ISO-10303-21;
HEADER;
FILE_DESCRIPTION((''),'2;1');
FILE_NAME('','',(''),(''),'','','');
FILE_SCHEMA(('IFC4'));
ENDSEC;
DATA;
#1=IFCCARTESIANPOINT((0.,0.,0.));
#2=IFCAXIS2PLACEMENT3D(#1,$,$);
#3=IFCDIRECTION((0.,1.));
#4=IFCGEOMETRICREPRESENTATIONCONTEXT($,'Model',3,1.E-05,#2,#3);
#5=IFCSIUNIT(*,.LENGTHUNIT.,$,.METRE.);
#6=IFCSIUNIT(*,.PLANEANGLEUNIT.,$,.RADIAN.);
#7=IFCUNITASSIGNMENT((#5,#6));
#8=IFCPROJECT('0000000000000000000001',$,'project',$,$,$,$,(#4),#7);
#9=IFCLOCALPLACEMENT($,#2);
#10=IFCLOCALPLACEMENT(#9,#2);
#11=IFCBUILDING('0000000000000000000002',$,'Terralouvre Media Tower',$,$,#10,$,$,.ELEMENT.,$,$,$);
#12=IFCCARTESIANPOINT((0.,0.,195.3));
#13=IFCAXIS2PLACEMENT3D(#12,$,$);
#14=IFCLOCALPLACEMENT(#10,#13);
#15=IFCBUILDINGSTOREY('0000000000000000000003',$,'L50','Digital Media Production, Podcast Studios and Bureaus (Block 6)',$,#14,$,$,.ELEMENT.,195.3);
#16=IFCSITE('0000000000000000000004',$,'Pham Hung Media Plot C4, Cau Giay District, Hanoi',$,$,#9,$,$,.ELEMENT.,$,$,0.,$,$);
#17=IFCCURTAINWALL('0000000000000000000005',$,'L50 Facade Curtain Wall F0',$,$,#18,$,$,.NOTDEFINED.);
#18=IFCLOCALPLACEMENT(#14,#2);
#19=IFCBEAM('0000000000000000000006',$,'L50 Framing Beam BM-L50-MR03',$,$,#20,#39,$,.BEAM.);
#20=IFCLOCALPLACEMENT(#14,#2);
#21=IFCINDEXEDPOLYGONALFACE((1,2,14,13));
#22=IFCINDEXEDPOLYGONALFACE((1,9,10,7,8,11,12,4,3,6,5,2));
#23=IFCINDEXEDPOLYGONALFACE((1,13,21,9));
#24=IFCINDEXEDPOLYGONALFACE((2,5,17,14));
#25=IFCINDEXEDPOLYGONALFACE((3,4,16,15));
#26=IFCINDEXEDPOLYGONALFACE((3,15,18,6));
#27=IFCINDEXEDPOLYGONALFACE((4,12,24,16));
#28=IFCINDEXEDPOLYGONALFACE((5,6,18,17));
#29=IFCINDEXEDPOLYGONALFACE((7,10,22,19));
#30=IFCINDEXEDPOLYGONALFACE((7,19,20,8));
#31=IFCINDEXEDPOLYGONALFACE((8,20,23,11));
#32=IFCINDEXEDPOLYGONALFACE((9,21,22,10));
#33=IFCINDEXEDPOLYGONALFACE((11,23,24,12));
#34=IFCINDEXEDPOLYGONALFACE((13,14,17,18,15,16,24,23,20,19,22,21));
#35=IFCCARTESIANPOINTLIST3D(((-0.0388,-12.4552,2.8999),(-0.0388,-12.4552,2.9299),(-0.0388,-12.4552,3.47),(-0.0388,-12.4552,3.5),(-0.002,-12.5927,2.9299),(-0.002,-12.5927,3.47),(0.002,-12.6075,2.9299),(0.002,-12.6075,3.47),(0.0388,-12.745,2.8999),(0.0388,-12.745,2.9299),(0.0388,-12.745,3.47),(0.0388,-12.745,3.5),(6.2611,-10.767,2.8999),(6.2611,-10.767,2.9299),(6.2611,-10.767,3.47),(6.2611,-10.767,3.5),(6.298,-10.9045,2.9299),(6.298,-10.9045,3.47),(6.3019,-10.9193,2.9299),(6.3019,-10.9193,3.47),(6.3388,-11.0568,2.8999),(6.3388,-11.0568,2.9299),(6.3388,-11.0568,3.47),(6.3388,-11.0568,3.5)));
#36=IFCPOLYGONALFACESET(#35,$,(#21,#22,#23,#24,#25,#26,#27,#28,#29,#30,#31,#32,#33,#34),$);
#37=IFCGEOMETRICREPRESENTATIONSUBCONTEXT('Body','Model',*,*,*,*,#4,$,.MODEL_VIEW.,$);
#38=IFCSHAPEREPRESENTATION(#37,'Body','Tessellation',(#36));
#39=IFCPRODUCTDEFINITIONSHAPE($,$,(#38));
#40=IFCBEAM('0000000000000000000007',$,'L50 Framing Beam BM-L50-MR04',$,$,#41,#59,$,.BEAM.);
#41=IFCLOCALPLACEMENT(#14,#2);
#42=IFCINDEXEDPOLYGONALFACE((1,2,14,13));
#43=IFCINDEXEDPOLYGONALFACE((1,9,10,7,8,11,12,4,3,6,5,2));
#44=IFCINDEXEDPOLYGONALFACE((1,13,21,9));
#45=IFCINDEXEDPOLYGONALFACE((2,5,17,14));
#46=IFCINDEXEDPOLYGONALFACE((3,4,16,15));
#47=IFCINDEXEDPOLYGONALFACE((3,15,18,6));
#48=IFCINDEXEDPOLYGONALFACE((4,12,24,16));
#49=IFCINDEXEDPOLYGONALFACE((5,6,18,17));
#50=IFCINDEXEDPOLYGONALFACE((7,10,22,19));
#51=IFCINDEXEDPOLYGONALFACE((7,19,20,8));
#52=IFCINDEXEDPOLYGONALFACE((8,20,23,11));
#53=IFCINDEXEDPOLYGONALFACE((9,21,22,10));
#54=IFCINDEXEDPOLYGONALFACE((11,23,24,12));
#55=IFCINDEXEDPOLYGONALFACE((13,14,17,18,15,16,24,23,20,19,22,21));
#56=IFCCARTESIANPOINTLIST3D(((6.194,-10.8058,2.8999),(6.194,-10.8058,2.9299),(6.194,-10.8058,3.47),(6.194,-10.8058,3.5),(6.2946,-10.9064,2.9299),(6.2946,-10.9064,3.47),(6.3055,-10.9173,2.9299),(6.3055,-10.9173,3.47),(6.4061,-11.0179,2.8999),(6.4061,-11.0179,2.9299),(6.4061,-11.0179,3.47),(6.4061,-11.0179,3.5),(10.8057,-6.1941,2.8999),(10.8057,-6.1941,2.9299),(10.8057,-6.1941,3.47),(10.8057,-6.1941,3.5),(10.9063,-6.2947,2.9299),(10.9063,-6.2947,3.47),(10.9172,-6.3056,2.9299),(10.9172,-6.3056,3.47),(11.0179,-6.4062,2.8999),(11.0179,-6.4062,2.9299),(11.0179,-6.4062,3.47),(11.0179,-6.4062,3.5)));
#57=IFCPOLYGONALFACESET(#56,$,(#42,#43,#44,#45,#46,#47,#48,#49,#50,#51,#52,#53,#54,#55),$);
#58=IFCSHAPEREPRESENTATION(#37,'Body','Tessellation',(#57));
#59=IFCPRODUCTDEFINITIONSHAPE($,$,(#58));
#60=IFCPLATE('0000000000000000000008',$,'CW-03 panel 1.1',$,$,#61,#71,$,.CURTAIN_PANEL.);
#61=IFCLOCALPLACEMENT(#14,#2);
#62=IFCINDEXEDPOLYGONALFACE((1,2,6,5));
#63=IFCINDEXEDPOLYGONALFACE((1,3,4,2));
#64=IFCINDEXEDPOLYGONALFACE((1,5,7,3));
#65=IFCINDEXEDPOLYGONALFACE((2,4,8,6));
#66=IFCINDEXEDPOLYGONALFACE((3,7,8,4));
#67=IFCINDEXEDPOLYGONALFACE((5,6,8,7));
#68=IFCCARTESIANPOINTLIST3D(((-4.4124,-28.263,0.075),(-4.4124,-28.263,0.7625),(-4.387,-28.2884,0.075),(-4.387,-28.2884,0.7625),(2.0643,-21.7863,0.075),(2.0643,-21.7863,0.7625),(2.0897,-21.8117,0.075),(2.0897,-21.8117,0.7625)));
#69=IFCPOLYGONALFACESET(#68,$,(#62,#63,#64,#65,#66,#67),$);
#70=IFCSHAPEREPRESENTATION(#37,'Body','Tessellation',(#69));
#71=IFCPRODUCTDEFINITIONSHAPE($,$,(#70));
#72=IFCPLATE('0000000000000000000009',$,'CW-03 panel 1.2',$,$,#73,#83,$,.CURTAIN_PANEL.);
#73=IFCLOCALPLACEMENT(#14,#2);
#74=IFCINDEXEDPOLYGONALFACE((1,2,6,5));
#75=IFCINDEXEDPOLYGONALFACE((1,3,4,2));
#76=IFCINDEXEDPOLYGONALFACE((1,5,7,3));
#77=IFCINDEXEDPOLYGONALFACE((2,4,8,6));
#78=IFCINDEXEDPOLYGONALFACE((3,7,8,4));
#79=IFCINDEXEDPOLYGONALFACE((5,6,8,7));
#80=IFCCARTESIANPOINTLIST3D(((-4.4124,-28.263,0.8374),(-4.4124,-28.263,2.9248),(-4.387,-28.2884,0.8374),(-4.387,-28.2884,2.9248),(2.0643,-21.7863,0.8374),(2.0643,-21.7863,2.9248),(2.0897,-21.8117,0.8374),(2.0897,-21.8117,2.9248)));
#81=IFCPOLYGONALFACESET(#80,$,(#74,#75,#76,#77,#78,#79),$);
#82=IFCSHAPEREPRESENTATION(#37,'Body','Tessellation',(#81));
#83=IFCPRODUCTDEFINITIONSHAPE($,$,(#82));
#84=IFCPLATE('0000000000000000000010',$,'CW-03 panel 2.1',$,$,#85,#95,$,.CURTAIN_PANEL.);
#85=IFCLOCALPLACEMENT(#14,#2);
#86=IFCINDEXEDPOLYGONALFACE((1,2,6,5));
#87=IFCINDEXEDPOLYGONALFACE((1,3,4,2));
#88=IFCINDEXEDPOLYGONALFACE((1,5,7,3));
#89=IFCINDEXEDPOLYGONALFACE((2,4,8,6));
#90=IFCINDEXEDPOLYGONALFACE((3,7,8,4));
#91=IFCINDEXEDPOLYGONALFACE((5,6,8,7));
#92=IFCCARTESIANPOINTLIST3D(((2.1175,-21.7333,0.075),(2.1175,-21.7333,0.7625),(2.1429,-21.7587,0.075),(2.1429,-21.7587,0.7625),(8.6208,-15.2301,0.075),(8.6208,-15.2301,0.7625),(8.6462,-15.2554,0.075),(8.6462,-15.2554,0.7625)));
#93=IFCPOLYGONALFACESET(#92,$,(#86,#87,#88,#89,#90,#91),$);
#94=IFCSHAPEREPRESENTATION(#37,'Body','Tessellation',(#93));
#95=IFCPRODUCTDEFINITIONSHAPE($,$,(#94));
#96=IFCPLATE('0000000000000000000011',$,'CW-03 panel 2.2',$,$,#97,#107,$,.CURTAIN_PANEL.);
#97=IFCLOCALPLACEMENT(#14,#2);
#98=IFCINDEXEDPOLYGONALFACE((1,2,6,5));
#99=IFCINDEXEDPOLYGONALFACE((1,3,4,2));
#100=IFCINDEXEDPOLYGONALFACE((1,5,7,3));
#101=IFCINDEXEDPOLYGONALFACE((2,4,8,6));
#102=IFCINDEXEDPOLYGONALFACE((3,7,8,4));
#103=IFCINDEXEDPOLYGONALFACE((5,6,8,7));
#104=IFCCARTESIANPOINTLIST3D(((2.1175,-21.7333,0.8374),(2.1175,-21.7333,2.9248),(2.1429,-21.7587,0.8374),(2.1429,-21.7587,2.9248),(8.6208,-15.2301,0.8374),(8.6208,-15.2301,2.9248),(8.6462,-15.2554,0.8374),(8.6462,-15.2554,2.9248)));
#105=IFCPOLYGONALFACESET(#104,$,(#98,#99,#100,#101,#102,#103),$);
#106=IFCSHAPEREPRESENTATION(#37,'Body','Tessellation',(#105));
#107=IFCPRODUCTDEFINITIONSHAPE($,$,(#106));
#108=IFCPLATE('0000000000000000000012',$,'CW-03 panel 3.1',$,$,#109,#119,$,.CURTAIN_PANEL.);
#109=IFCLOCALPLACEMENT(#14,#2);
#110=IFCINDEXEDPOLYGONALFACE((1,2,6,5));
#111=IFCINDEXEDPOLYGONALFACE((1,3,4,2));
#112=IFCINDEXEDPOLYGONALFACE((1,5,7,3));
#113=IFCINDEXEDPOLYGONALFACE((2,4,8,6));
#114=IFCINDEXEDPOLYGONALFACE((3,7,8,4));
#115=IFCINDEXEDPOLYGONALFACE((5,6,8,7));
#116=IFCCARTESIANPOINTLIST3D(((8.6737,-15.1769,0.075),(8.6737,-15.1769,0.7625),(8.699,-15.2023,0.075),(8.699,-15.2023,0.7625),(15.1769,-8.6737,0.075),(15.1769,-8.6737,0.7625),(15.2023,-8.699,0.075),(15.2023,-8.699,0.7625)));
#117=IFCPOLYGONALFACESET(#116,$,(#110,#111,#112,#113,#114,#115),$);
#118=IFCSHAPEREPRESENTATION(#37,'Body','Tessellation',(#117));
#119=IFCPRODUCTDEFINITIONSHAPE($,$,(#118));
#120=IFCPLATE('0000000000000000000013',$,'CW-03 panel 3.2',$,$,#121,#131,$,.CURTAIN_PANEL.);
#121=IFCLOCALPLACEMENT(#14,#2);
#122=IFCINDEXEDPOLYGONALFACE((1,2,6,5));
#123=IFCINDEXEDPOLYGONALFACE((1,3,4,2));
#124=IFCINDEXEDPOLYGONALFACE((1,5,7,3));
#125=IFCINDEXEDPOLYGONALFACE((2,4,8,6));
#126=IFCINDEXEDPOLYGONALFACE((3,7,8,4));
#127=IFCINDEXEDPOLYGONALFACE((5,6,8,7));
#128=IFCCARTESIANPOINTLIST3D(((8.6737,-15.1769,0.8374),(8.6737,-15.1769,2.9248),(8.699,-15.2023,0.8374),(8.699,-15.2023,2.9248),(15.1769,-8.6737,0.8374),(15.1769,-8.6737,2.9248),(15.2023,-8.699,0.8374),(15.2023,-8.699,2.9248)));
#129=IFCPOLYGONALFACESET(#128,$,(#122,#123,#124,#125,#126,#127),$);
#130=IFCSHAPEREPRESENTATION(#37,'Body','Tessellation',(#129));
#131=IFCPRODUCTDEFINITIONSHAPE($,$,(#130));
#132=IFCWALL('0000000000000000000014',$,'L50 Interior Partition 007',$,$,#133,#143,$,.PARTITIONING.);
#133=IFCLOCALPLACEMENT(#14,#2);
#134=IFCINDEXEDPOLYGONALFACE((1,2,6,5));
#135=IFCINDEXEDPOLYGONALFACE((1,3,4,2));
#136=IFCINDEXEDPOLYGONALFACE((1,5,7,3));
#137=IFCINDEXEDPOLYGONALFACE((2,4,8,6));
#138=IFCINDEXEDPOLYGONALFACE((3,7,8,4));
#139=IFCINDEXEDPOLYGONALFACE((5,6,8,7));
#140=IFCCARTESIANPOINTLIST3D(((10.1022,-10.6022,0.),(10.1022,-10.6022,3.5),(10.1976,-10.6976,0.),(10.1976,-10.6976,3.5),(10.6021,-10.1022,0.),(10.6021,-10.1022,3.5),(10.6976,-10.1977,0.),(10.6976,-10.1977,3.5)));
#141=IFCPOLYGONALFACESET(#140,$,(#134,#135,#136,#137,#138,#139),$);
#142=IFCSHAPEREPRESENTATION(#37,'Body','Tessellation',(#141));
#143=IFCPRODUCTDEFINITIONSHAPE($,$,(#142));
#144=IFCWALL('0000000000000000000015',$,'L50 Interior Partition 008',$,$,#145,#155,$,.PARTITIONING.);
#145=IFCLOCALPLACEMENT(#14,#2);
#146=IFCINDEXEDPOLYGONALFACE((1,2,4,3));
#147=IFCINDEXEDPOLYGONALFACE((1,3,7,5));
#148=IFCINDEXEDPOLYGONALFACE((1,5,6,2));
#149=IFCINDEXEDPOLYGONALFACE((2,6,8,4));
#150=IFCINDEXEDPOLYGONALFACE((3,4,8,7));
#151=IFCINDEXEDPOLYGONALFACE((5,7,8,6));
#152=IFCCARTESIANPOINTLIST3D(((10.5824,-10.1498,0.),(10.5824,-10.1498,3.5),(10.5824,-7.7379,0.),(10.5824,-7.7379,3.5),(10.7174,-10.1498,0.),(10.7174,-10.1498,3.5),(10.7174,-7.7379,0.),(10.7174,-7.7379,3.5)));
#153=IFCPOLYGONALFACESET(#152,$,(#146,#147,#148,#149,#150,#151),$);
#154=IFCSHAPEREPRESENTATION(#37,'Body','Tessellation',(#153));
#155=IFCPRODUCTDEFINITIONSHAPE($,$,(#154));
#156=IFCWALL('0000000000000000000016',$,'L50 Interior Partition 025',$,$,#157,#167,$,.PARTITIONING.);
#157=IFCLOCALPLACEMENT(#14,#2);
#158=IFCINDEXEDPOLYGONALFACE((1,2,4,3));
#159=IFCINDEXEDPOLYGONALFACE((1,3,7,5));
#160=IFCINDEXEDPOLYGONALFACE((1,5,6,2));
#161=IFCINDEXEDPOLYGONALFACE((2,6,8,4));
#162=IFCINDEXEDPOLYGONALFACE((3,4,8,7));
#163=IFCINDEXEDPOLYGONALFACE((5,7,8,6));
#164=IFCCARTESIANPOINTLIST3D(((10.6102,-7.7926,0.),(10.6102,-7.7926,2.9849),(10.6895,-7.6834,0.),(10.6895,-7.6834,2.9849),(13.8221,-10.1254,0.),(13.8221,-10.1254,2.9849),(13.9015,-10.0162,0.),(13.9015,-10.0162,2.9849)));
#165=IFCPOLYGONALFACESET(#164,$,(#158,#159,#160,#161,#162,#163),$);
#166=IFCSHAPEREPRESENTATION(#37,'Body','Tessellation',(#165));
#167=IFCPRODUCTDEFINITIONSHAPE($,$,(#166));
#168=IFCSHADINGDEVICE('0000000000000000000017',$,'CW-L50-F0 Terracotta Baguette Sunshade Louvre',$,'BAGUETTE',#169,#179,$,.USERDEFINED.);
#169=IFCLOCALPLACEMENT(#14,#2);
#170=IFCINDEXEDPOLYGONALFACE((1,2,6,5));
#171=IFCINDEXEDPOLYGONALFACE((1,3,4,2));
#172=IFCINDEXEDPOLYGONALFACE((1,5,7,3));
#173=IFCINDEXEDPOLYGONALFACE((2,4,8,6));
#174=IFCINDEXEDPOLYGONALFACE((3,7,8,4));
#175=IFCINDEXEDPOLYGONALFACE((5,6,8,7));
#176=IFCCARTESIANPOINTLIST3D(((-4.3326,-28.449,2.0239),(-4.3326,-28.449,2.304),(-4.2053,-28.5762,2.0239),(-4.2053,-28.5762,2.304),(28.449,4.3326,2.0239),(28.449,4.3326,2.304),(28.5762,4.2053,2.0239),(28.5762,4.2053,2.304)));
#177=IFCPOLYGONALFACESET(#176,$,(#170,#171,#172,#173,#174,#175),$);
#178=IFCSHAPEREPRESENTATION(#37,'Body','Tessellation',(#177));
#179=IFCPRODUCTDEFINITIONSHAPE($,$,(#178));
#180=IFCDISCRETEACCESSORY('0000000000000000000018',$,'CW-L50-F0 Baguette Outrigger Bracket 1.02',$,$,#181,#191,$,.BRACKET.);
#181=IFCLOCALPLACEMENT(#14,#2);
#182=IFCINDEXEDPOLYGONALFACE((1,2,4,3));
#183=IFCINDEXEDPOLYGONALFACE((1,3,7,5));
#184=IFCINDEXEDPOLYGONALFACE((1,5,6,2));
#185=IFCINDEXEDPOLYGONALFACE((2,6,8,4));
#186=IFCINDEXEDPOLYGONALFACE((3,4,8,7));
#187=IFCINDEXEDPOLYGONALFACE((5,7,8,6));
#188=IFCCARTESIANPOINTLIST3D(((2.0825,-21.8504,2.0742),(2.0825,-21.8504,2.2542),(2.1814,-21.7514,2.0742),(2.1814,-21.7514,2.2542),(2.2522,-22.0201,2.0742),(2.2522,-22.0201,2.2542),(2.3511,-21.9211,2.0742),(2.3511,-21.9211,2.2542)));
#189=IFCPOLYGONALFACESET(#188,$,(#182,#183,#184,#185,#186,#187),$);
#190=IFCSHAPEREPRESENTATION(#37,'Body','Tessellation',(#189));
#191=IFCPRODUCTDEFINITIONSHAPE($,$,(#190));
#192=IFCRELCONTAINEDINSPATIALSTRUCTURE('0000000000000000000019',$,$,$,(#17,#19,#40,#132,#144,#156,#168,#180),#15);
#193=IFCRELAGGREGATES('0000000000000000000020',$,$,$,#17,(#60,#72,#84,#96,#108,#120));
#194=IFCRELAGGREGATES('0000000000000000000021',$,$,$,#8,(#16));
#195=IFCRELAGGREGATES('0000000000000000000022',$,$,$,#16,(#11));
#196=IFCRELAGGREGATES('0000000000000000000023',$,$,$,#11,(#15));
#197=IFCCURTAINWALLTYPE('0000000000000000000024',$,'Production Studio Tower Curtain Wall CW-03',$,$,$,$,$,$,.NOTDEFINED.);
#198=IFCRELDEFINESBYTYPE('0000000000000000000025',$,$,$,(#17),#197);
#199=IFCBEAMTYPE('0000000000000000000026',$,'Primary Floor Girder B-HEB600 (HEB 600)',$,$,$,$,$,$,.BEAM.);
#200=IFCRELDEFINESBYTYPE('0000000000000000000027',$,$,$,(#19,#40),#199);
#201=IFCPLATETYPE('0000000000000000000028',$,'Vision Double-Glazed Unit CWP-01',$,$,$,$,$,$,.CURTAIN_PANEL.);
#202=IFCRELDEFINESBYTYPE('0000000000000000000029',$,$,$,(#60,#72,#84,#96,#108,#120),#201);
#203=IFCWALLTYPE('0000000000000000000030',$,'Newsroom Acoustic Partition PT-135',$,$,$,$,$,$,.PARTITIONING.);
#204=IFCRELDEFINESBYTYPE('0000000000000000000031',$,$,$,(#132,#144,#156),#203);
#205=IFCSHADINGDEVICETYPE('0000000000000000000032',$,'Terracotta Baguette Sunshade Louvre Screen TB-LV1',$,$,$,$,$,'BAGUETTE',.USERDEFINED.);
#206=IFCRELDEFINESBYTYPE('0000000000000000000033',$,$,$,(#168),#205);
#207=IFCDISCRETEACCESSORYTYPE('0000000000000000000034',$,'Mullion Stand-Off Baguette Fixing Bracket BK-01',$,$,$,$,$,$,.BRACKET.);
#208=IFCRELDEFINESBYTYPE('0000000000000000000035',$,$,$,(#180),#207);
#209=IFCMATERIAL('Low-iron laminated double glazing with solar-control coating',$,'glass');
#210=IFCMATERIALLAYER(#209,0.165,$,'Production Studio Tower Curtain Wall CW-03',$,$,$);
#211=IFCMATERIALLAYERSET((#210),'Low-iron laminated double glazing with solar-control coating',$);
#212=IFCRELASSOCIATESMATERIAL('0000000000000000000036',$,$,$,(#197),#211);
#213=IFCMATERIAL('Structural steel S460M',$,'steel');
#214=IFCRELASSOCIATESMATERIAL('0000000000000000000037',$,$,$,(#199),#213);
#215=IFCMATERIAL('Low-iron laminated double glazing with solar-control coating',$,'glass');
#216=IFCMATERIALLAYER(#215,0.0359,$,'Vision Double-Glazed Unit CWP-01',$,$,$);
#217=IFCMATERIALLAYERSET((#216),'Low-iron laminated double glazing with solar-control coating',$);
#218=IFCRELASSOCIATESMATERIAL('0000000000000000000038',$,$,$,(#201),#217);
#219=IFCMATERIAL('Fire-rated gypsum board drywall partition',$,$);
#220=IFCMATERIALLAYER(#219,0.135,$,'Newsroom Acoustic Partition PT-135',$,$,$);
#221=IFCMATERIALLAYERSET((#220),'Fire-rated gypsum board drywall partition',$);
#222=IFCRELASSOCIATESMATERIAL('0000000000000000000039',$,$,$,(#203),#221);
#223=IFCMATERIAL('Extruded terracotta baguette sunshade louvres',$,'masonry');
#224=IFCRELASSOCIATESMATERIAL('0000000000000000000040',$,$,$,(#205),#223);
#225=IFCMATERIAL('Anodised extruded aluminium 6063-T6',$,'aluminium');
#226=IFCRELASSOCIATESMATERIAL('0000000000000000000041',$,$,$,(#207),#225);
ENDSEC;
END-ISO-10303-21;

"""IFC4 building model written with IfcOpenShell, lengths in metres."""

from ifc_helpers import new_model, si_unit, direction, frame, frame_2d, origin, origin_2d, place, context, subcontext, project, spatial, rectangle, i_section, extrude, material, layer, layer_set, material_profile, profile_set, type_object, element, aggregate, save


model = new_model("IFC4")

# Units and contexts
model_context = context("Model", 3, precision=1e-05, world=origin(), true_north=direction((0.0, 1.0)))
body_context = subcontext(model_context, "Body", "Model", "MODEL_VIEW")
ifc_project = project(units=[si_unit("LENGTHUNIT", "METRE"), si_unit("PLANEANGLEUNIT", "RADIAN")], contexts=[model_context])

# Site, building, storey
site_placement = place(None, origin())
site = spatial("IfcSite", under=ifc_project, at=site_placement, Name="Pham Hung Media Plot C4, Cau Giay District, Hanoi", CompositionType="ELEMENT", RefElevation=0.0)
building_placement = place(site_placement, origin())
building = spatial("IfcBuilding", under=site, at=building_placement, Name="Terralouvre Media Tower", CompositionType="ELEMENT")
storey_placement = place(building_placement, frame((0.0, 0.0, 195.3)))
storey = spatial("IfcBuildingStorey", under=building, at=storey_placement, Name="L50", Description="Digital Media Production, Podcast Studios and Bureaus (Block 6)", CompositionType="ELEMENT", Elevation=195.3)

# Curtain wall
ifc_material_1 = material(Name="Low-iron laminated double glazing with solar-control coating", Category="glass")
ifc_layer_1 = layer(ifc_material_1, 0.165, Name="Production Studio Tower Curtain Wall CW-03")
ifc_layer_set_1 = layer_set([ifc_layer_1], Name="Low-iron laminated double glazing with solar-control coating")
curtain_wall_type = type_object("IfcCurtainWallType", Name="Production Studio Tower Curtain Wall CW-03", PredefinedType="NOTDEFINED", material=ifc_layer_set_1)
curtain_wall_placement = place(storey_placement, origin())
curtain_wall = element("IfcCurtainWall", 1, at=curtain_wall_placement, inside=storey, type_object=curtain_wall_type, Name="L50 Facade Curtain Wall F0", PredefinedType="NOTDEFINED")

# Beams
ifc_material_2 = material(Name="Structural steel S460M", Category="steel")
ifc_material_profile_1 = material_profile(ifc_material_2, i_section(OverallWidth=0.3, OverallDepth=0.6001, WebThickness=0.0154, FlangeThickness=0.03, at=origin_2d()), Name="HEB 600")
ifc_profile_set_1 = profile_set([ifc_material_profile_1], Name="Structural steel S460M")
beam_type_1 = type_object("IfcBeamType", Name="Primary Floor Girder B-HEB600 (HEB 600)", PredefinedType="BEAM", material=ifc_profile_set_1)
beam_1_placement = place(storey_placement, frame((0.0, -12.6001, 3.2), z_axis=(0.96592, 0.258839, 0.0), x_axis=(-0.258839, 0.96592, 0.0)))
element("IfcBeam", 2, at=beam_1_placement, inside=storey, type_object=beam_type_1, Name="L50 Framing Beam BM-L50-MR03", PredefinedType="BEAM", context=body_context, shape_type="SweptSolid", body=[
    extrude(i_section(OverallWidth=0.3, OverallDepth=0.6001, WebThickness=0.0154, FlangeThickness=0.03, at=origin_2d()), origin(), (0.0, 0.0, 1.0), 6.5222),
])
beam_2_placement = place(storey_placement, frame((6.3, -10.9119, 3.2), z_axis=(0.707107, 0.707107, 0.0), x_axis=(-0.707107, 0.707107, 0.0)))
element("IfcBeam", 3, at=beam_2_placement, inside=storey, type_object=beam_type_1, Name="L50 Framing Beam BM-L50-MR04", PredefinedType="BEAM", context=body_context, shape_type="SweptSolid", body=[
    extrude(i_section(OverallWidth=0.3, OverallDepth=0.6001, WebThickness=0.0154, FlangeThickness=0.03, at=origin_2d()), origin(), (0.0, 0.0, 1.0), 6.522),
])

# Plates
ifc_material_3 = material(Name="Low-iron laminated double glazing with solar-control coating", Category="glass")
ifc_layer_2 = layer(ifc_material_3, 0.0359, Name="Vision Double-Glazed Unit CWP-01")
ifc_layer_set_2 = layer_set([ifc_layer_2], Name="Low-iron laminated double glazing with solar-control coating")
plate_type = type_object("IfcPlateType", Name="Vision Double-Glazed Unit CWP-01", PredefinedType="CURTAIN_PANEL", material=ifc_layer_set_2)
plate_1_placement = place(storey_placement, frame((-1.1614, -25.0374, 0.075), z_axis=(0.0, 0.0, 1.0), x_axis=(0.707107, 0.707107, 0.0)))
plate_1 = element("IfcPlate", 4, at=plate_1_placement, type_object=plate_type, Name="CW-03 panel 1.1", PredefinedType="CURTAIN_PANEL", context=body_context, shape_type="SweptSolid", body=[
    extrude(rectangle(XDim=9.1594, YDim=0.0359, at=origin_2d()), origin(), (0.0, 0.0, 1.0), 0.6875),
])
plate_2_placement = place(storey_placement, frame((-1.1614, -25.0374, 0.8374), z_axis=(0.0, 0.0, 1.0), x_axis=(0.707107, 0.707107, 0.0)))
plate_2 = element("IfcPlate", 5, at=plate_2_placement, type_object=plate_type, Name="CW-03 panel 1.2", PredefinedType="CURTAIN_PANEL", context=body_context, shape_type="SweptSolid", body=[
    extrude(rectangle(XDim=9.1594, YDim=0.0359, at=origin_2d()), origin(), (0.0, 0.0, 1.0), 2.0874),
])
plate_3_placement = place(storey_placement, frame((5.3818, -18.4944, 0.075), z_axis=(0.0, 0.0, 1.0), x_axis=(0.707107, 0.707107, 0.0)))
plate_3 = element("IfcPlate", 6, at=plate_3_placement, type_object=plate_type, Name="CW-03 panel 2.1", PredefinedType="CURTAIN_PANEL", context=body_context, shape_type="SweptSolid", body=[
    extrude(rectangle(XDim=9.197, YDim=0.0359, at=origin_2d()), origin(), (0.0, 0.0, 1.0), 0.6875),
])
plate_4_placement = place(storey_placement, frame((5.3818, -18.4944, 0.8374), z_axis=(0.0, 0.0, 1.0), x_axis=(0.707107, 0.707107, 0.0)))
plate_4 = element("IfcPlate", 7, at=plate_4_placement, type_object=plate_type, Name="CW-03 panel 2.2", PredefinedType="CURTAIN_PANEL", context=body_context, shape_type="SweptSolid", body=[
    extrude(rectangle(XDim=9.197, YDim=0.0359, at=origin_2d()), origin(), (0.0, 0.0, 1.0), 2.0874),
])
plate_5_placement = place(storey_placement, frame((11.938, -11.938, 0.075), z_axis=(0.0, 0.0, 1.0), x_axis=(0.707107, 0.707107, 0.0)))
plate_5 = element("IfcPlate", 8, at=plate_5_placement, type_object=plate_type, Name="CW-03 panel 3.1", PredefinedType="CURTAIN_PANEL", context=body_context, shape_type="SweptSolid", body=[
    extrude(rectangle(XDim=9.197, YDim=0.0359, at=origin_2d()), origin(), (0.0, 0.0, 1.0), 0.6875),
])
plate_6_placement = place(storey_placement, frame((11.938, -11.938, 0.8374), z_axis=(0.0, 0.0, 1.0), x_axis=(0.707107, 0.707107, 0.0)))
plate_6 = element("IfcPlate", 9, at=plate_6_placement, type_object=plate_type, Name="CW-03 panel 3.2", PredefinedType="CURTAIN_PANEL", context=body_context, shape_type="SweptSolid", body=[
    extrude(rectangle(XDim=9.197, YDim=0.0359, at=origin_2d()), origin(), (0.0, 0.0, 1.0), 2.0874),
])
aggregate(curtain_wall, [plate_1, plate_2, plate_3, plate_4, plate_5, plate_6])

# Walls
ifc_material_4 = material(Name="Fire-rated gypsum board drywall partition")
ifc_layer_3 = layer(ifc_material_4, 0.135, Name="Newsroom Acoustic Partition PT-135")
ifc_layer_set_3 = layer_set([ifc_layer_3], Name="Fire-rated gypsum board drywall partition")
wall_type = type_object("IfcWallType", Name="Newsroom Acoustic Partition PT-135", PredefinedType="PARTITIONING", material=ifc_layer_set_3)
wall_1_placement = place(storey_placement, frame((10.1499, -10.6499, 0.0), z_axis=(0.0, 0.0, 1.0), x_axis=(0.707107, 0.707107, 0.0)))
element("IfcWall", 10, at=wall_1_placement, inside=storey, type_object=wall_type, Name="L50 Interior Partition 007", PredefinedType="PARTITIONING", context=body_context, shape_type="SweptSolid", body=[
    extrude(rectangle(XDim=0.707, YDim=0.135, at=frame_2d((0.3535, 0.0))), origin(), (0.0, 0.0, 1.0), 3.5),
])
wall_2_placement = place(storey_placement, frame((10.6499, -10.1499, 0.0), z_axis=(0.0, 0.0, 1.0), x_axis=(0.0, 1.0, 0.0)))
element("IfcWall", 11, at=wall_2_placement, inside=storey, type_object=wall_type, Name="L50 Interior Partition 008", PredefinedType="PARTITIONING", context=body_context, shape_type="SweptSolid", body=[
    extrude(rectangle(XDim=2.4119, YDim=0.135, at=frame_2d((1.2061, 0.0))), origin(), (0.0, 0.0, 1.0), 3.5),
])
wall_3_placement = place(storey_placement, frame((13.8618, -10.0708, 0.0), z_axis=(0.0, 0.0, 1.0), x_axis=(-0.809116, 0.587649, 0.0)))
element("IfcWall", 12, at=wall_3_placement, inside=storey, type_object=wall_type, Name="L50 Interior Partition 025", PredefinedType="PARTITIONING", context=body_context, shape_type="SweptSolid", body=[
    extrude(rectangle(XDim=3.9697, YDim=0.135, at=frame_2d((1.9849, 0.0))), origin(), (0.0, 0.0, 1.0), 2.9849),
])

# Shading device
ifc_material_5 = material(Name="Extruded terracotta baguette sunshade louvres", Category="masonry")
shading_device_type = type_object("IfcShadingDeviceType", Name="Terracotta Baguette Sunshade Louvre Screen TB-LV1", ElementType="BAGUETTE", PredefinedType="USERDEFINED", material=ifc_material_5)
shading_device_placement = place(storey_placement, frame((12.1218, -12.1218, 2.0239), z_axis=(0.0, 0.0, 1.0), x_axis=(0.707107, 0.707107, 0.0)))
element("IfcShadingDevice", 13, at=shading_device_placement, inside=storey, type_object=shading_device_type, Name="CW-L50-F0 Terracotta Baguette Sunshade Louvre", ObjectType="BAGUETTE", PredefinedType="USERDEFINED", context=body_context, shape_type="SweptSolid", body=[
    extrude(rectangle(XDim=46.3601, YDim=0.1799, at=origin_2d()), origin(), (0.0, 0.0, 1.0), 0.28),
])

# Discrete accessory
ifc_material_6 = material(Name="Anodised extruded aluminium 6063-T6", Category="aluminium")
discrete_accessory_type = type_object("IfcDiscreteAccessoryType", Name="Mullion Stand-Off Baguette Fixing Bracket BK-01", PredefinedType="BRACKET", material=ifc_material_6)
for number, where, z_axis, x_axis, name in (
    (14, (2.2168, -21.8857, 2.0742), (0.0, 0.0, 1.0), (0.707107, 0.707107, 0.0), "CW-L50-F0 Baguette Outrigger Bracket 1.02"),
):
    element("IfcDiscreteAccessory", number, at=place(storey_placement, frame(where, z_axis=z_axis, x_axis=x_axis)), inside=storey, type_object=discrete_accessory_type, Name=name, PredefinedType="BRACKET", context=body_context, shape_type="SweptSolid", body=[
        extrude(rectangle(XDim=0.1399, YDim=0.24, at=origin_2d()), origin(), (0.0, 0.0, 1.0), 0.1799),
    ])

save(model, "model.ifc")
